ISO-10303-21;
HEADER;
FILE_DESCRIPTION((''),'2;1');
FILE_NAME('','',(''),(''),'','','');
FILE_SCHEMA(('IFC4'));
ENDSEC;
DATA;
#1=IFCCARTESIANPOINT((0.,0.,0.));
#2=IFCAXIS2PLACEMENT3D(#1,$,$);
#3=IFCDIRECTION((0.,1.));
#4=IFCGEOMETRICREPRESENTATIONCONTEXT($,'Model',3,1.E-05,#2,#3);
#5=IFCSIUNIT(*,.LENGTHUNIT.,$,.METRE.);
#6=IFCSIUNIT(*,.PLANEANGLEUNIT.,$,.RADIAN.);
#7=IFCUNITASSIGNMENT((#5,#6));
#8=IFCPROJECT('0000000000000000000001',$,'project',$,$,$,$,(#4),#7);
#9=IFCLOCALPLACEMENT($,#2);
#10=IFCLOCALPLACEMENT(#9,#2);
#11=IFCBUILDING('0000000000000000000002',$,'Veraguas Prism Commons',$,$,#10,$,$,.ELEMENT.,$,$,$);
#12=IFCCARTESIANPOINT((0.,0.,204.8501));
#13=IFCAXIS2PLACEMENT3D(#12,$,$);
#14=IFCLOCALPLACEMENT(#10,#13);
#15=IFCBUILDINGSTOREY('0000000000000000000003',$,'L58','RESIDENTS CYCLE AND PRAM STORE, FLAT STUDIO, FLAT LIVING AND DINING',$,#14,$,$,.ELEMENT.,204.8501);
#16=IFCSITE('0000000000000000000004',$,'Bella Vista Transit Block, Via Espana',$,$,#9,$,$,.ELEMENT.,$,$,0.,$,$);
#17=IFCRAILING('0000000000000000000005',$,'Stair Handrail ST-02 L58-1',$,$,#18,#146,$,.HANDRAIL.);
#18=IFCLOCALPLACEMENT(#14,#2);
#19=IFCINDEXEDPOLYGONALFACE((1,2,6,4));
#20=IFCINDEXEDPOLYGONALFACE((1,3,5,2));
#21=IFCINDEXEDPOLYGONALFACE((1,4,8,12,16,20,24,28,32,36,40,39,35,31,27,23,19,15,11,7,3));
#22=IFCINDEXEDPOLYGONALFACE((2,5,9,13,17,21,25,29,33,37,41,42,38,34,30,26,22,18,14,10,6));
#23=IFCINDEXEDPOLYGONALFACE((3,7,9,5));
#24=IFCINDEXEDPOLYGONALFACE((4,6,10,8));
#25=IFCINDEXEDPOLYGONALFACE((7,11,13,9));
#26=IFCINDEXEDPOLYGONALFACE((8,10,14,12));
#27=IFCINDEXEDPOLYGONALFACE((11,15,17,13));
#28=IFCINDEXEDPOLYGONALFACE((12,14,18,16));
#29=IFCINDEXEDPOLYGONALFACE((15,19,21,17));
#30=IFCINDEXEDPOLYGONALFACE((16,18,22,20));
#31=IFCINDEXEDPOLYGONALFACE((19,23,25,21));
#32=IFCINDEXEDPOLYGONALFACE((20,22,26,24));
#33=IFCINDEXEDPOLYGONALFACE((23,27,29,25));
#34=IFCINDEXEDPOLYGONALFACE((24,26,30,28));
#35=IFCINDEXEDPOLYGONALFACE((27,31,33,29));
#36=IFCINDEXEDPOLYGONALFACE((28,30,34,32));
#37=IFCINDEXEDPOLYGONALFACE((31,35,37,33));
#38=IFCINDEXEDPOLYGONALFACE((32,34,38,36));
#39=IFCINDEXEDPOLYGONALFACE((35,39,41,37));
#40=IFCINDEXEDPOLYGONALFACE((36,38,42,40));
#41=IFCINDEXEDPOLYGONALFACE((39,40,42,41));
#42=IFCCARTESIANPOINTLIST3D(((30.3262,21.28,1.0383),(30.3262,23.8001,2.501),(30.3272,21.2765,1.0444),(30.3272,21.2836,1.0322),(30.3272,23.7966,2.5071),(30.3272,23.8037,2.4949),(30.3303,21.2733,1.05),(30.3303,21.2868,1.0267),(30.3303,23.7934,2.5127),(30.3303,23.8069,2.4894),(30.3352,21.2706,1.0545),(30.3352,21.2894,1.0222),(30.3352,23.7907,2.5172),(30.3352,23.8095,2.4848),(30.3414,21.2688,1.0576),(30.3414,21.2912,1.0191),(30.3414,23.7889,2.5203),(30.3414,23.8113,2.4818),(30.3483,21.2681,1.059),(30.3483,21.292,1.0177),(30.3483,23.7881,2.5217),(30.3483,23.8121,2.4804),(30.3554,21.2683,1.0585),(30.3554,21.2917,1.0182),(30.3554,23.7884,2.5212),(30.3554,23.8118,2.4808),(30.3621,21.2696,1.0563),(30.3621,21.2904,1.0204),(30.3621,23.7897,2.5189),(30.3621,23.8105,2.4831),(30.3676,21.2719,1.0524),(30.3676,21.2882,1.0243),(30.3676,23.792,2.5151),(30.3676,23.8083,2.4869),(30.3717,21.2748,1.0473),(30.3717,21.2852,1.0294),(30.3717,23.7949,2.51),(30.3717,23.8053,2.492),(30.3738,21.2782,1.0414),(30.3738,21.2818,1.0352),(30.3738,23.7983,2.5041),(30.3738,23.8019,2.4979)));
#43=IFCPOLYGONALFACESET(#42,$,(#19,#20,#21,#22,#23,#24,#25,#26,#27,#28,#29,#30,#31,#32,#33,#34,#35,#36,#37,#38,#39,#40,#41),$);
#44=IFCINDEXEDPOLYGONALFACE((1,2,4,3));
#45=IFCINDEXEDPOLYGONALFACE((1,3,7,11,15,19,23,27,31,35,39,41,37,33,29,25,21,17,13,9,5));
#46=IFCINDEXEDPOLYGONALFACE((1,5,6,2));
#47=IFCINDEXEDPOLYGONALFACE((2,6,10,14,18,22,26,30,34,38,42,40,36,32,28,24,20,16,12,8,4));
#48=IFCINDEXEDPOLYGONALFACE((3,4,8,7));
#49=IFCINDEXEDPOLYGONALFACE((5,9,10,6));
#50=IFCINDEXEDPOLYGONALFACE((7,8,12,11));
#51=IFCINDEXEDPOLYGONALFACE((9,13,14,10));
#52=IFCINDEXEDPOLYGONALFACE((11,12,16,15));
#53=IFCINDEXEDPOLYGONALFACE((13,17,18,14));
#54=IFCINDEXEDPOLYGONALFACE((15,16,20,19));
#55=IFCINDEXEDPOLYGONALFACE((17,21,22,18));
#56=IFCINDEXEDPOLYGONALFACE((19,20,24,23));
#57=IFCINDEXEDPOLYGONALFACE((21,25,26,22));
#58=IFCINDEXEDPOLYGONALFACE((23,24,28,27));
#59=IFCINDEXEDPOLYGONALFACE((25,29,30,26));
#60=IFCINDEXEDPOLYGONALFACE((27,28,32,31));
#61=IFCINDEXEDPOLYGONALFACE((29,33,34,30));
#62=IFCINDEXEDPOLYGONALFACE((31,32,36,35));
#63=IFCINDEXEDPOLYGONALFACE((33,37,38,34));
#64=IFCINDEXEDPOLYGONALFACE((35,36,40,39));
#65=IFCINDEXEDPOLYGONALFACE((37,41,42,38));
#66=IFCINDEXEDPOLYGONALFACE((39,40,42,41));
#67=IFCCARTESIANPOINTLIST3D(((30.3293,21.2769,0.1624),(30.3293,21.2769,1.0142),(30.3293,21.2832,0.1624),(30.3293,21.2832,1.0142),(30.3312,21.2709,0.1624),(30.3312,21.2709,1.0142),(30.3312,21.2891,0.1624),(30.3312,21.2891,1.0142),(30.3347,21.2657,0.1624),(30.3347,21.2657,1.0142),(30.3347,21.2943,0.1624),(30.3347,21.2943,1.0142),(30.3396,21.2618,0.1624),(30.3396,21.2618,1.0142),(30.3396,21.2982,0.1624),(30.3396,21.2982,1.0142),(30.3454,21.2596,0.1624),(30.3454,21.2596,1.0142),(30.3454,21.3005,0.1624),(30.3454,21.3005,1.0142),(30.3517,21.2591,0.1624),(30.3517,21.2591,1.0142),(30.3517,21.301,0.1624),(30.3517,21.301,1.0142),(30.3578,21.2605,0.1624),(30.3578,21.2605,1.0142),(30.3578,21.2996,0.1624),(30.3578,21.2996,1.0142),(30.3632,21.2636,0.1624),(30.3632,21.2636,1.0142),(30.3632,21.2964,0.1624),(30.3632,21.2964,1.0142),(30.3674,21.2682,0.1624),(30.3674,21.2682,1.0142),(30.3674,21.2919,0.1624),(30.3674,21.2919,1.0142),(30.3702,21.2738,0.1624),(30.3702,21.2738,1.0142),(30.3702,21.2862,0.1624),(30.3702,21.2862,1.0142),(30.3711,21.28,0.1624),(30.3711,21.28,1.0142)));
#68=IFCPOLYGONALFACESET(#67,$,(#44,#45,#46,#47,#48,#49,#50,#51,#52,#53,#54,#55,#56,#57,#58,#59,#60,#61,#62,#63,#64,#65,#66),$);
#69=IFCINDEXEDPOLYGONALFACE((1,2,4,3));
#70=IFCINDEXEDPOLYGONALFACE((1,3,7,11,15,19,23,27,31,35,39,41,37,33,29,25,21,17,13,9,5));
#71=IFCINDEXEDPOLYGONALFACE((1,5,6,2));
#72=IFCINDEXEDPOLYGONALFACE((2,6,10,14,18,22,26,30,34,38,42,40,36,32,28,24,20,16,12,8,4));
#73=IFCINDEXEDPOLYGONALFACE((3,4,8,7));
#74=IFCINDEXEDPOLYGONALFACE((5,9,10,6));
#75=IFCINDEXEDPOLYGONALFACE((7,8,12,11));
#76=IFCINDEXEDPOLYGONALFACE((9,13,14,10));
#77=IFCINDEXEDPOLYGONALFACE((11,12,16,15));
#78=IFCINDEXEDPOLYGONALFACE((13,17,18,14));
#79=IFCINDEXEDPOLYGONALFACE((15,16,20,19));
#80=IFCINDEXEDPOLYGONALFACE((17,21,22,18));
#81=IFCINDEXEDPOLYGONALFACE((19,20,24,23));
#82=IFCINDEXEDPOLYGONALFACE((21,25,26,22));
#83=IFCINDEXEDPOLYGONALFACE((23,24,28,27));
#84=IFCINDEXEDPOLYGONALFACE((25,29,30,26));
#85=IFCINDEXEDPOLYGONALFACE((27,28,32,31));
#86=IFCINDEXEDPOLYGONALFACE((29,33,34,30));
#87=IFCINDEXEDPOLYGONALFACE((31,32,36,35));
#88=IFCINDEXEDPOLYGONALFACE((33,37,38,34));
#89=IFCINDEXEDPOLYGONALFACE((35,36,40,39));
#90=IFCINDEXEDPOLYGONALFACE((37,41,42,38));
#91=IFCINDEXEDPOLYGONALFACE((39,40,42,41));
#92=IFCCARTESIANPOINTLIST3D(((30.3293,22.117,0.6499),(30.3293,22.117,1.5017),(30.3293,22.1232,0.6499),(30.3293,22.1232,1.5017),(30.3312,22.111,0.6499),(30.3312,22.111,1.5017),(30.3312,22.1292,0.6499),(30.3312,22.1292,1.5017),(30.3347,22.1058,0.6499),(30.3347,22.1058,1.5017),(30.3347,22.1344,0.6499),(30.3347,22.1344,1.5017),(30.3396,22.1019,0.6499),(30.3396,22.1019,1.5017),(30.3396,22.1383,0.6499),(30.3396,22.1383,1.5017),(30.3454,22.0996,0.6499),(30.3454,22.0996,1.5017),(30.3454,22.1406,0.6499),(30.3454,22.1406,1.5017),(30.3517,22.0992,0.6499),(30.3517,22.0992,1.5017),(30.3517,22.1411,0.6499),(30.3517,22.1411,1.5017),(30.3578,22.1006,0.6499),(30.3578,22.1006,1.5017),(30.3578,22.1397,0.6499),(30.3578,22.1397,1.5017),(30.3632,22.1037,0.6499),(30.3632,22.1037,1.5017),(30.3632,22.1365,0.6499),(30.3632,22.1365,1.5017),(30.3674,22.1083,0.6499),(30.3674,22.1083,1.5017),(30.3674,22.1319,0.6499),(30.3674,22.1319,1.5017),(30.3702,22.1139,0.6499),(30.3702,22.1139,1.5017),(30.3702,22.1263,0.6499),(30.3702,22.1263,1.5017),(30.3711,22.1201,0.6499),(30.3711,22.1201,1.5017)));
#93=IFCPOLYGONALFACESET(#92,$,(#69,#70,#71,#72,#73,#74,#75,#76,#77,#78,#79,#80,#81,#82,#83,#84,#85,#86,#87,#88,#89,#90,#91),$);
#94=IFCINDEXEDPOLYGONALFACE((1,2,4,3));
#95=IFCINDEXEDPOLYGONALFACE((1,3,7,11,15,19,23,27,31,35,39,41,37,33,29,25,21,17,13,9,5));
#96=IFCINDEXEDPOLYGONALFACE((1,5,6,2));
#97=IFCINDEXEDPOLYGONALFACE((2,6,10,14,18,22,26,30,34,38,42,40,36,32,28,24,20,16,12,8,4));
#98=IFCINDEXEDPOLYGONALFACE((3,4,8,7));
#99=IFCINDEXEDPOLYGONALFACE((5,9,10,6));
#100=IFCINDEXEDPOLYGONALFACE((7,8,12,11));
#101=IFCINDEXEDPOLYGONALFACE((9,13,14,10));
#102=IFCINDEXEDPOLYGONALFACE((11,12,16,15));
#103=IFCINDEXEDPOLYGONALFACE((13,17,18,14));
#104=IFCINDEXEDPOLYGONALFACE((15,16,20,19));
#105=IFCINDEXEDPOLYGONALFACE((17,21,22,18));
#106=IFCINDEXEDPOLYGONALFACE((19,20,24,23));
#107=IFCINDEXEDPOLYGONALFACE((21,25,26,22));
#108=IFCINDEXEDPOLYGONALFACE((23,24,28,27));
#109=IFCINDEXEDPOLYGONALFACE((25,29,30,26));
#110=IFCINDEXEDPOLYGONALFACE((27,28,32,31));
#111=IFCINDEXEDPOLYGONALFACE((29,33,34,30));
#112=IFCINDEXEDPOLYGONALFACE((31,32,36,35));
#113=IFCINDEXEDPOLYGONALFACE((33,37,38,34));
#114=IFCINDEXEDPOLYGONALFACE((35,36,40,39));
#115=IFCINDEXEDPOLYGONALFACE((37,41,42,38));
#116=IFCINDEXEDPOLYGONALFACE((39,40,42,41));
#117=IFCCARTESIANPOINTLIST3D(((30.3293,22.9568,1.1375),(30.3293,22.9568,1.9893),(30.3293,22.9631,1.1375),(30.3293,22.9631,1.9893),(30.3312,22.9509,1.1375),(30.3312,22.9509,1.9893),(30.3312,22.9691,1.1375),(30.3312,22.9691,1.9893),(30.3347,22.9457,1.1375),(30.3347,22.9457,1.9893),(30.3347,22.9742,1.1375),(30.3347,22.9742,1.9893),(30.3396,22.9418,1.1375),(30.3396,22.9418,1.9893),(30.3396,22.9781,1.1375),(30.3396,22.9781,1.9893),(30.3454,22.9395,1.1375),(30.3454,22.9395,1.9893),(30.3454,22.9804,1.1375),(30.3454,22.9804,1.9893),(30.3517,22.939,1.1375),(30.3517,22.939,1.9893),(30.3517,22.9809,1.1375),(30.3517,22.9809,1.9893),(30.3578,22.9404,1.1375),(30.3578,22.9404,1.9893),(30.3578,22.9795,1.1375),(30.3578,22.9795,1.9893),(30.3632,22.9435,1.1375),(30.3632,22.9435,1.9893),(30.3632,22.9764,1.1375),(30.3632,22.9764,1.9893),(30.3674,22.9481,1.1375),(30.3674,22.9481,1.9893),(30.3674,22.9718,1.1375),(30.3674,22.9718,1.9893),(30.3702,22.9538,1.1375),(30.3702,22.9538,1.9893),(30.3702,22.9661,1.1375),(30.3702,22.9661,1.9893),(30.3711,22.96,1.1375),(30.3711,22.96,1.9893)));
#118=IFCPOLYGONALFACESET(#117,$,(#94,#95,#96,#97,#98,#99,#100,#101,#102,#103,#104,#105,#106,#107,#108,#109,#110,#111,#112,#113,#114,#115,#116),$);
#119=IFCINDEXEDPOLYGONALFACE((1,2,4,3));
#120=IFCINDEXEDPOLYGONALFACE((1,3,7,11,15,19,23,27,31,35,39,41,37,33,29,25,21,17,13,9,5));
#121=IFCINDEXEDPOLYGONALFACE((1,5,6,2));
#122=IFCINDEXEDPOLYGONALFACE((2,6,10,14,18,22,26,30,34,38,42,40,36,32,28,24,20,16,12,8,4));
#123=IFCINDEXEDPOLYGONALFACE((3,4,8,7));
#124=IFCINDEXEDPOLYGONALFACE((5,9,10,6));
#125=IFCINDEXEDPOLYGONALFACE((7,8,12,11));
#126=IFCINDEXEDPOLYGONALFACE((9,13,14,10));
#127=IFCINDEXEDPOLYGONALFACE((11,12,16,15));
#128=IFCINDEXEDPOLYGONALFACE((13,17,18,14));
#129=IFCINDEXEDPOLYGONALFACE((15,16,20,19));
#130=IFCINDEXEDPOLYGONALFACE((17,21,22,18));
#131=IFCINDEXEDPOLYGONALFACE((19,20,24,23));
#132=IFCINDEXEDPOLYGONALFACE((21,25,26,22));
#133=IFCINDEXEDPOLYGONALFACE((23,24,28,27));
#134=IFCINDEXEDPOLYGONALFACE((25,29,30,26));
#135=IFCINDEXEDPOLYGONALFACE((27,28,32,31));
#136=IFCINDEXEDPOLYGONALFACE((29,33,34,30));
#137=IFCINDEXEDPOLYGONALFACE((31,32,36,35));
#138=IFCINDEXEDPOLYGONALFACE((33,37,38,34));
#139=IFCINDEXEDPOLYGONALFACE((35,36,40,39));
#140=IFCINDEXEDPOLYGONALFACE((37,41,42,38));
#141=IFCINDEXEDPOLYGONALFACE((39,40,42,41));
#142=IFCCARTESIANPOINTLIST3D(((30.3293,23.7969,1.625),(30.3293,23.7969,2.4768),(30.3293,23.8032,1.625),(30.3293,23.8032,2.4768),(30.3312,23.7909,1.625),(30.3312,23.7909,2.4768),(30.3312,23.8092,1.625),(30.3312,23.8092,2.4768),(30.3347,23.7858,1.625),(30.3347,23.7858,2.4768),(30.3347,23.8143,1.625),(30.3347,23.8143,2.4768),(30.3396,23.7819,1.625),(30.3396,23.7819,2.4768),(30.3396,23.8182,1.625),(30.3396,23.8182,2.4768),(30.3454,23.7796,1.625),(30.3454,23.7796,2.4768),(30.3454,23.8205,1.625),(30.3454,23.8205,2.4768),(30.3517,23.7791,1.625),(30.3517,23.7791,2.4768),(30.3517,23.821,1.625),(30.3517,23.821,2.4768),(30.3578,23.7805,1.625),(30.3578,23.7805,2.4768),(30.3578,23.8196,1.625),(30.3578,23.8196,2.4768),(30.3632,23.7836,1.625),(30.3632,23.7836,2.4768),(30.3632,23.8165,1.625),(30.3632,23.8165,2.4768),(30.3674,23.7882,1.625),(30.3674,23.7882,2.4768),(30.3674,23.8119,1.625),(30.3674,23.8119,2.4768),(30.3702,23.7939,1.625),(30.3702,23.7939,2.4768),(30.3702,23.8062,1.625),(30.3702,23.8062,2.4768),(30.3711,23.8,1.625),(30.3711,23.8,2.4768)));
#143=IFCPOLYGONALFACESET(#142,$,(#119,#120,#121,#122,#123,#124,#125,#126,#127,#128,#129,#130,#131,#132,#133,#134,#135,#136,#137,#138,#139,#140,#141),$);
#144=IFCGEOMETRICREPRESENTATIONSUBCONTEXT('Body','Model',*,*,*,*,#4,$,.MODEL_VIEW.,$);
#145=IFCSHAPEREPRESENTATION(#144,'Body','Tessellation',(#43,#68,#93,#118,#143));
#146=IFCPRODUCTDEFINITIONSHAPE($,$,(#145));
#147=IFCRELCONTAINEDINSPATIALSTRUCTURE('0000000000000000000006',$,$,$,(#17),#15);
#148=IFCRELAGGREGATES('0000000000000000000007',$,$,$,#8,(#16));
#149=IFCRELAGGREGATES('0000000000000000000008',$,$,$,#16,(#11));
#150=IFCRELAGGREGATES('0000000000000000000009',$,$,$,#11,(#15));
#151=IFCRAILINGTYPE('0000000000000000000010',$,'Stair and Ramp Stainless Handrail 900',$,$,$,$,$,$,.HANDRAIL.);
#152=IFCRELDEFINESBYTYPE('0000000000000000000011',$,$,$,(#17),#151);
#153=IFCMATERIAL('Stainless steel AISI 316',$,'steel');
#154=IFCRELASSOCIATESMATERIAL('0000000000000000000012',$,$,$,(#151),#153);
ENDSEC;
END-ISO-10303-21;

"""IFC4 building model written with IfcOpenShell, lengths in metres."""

from ifc_helpers import new_model, si_unit, direction, frame, origin, origin_2d, place, context, subcontext, project, spatial, circle, extrude, material, type_object, element, save


model = new_model("IFC4")

# Units and contexts
model_context = context("Model", 3, precision=1e-05, world=origin(), true_north=direction((0.0, 1.0)))
body_context = subcontext(model_context, "Body", "Model", "MODEL_VIEW")
ifc_project = project(units=[si_unit("LENGTHUNIT", "METRE"), si_unit("PLANEANGLEUNIT", "RADIAN")], contexts=[model_context])

# Site, building, storey
site_placement = place(None, origin())
site = spatial("IfcSite", under=ifc_project, at=site_placement, Name="Bella Vista Transit Block, Via Espana", CompositionType="ELEMENT", RefElevation=0.0)
building_placement = place(site_placement, origin())
building = spatial("IfcBuilding", under=site, at=building_placement, Name="Veraguas Prism Commons", CompositionType="ELEMENT")
storey_placement = place(building_placement, frame((0.0, 0.0, 204.8501)))
storey = spatial("IfcBuildingStorey", under=building, at=storey_placement, Name="L58", Description="RESIDENTS CYCLE AND PRAM STORE, FLAT STUDIO, FLAT LIVING AND DINING", CompositionType="ELEMENT", Elevation=204.8501)

# Railing
ifc_material_1 = material(Name="Stainless steel AISI 316", Category="steel")
railing_type = type_object("IfcRailingType", Name="Stair and Ramp Stainless Handrail 900", PredefinedType="HANDRAIL", material=ifc_material_1)
railing_placement = place(storey_placement, frame((30.3501, 21.28, 0.1624)))
element("IfcRailing", 1, at=railing_placement, inside=storey, type_object=railing_type, Name="Stair Handrail ST-02 L58-1", PredefinedType="HANDRAIL", context=body_context, shape_type="SweptSolid", body=[
    extrude(circle(Radius=0.0239, at=origin_2d()), frame((0.0, 0.0, 0.876), z_axis=(0.0, 0.864877, 0.501984), x_axis=(-1.0, 0.0, 0.0)), (0.0, 0.0, 1.0), 2.9138),
    extrude(circle(Radius=0.021, at=origin_2d()), origin(), (0.0, 0.0, 1.0), 0.8518),
    extrude(circle(Radius=0.021, at=origin_2d()), frame((0.0, 0.8401, 0.4875)), (0.0, 0.0, 1.0), 0.8518),
    extrude(circle(Radius=0.021, at=origin_2d()), frame((0.0, 1.6799, 0.9751)), (0.0, 0.0, 1.0), 0.8518),
    extrude(circle(Radius=0.021, at=origin_2d()), frame((0.0, 2.52, 1.4626)), (0.0, 0.0, 1.0), 0.8518),
])

save(model, "model.ifc")
